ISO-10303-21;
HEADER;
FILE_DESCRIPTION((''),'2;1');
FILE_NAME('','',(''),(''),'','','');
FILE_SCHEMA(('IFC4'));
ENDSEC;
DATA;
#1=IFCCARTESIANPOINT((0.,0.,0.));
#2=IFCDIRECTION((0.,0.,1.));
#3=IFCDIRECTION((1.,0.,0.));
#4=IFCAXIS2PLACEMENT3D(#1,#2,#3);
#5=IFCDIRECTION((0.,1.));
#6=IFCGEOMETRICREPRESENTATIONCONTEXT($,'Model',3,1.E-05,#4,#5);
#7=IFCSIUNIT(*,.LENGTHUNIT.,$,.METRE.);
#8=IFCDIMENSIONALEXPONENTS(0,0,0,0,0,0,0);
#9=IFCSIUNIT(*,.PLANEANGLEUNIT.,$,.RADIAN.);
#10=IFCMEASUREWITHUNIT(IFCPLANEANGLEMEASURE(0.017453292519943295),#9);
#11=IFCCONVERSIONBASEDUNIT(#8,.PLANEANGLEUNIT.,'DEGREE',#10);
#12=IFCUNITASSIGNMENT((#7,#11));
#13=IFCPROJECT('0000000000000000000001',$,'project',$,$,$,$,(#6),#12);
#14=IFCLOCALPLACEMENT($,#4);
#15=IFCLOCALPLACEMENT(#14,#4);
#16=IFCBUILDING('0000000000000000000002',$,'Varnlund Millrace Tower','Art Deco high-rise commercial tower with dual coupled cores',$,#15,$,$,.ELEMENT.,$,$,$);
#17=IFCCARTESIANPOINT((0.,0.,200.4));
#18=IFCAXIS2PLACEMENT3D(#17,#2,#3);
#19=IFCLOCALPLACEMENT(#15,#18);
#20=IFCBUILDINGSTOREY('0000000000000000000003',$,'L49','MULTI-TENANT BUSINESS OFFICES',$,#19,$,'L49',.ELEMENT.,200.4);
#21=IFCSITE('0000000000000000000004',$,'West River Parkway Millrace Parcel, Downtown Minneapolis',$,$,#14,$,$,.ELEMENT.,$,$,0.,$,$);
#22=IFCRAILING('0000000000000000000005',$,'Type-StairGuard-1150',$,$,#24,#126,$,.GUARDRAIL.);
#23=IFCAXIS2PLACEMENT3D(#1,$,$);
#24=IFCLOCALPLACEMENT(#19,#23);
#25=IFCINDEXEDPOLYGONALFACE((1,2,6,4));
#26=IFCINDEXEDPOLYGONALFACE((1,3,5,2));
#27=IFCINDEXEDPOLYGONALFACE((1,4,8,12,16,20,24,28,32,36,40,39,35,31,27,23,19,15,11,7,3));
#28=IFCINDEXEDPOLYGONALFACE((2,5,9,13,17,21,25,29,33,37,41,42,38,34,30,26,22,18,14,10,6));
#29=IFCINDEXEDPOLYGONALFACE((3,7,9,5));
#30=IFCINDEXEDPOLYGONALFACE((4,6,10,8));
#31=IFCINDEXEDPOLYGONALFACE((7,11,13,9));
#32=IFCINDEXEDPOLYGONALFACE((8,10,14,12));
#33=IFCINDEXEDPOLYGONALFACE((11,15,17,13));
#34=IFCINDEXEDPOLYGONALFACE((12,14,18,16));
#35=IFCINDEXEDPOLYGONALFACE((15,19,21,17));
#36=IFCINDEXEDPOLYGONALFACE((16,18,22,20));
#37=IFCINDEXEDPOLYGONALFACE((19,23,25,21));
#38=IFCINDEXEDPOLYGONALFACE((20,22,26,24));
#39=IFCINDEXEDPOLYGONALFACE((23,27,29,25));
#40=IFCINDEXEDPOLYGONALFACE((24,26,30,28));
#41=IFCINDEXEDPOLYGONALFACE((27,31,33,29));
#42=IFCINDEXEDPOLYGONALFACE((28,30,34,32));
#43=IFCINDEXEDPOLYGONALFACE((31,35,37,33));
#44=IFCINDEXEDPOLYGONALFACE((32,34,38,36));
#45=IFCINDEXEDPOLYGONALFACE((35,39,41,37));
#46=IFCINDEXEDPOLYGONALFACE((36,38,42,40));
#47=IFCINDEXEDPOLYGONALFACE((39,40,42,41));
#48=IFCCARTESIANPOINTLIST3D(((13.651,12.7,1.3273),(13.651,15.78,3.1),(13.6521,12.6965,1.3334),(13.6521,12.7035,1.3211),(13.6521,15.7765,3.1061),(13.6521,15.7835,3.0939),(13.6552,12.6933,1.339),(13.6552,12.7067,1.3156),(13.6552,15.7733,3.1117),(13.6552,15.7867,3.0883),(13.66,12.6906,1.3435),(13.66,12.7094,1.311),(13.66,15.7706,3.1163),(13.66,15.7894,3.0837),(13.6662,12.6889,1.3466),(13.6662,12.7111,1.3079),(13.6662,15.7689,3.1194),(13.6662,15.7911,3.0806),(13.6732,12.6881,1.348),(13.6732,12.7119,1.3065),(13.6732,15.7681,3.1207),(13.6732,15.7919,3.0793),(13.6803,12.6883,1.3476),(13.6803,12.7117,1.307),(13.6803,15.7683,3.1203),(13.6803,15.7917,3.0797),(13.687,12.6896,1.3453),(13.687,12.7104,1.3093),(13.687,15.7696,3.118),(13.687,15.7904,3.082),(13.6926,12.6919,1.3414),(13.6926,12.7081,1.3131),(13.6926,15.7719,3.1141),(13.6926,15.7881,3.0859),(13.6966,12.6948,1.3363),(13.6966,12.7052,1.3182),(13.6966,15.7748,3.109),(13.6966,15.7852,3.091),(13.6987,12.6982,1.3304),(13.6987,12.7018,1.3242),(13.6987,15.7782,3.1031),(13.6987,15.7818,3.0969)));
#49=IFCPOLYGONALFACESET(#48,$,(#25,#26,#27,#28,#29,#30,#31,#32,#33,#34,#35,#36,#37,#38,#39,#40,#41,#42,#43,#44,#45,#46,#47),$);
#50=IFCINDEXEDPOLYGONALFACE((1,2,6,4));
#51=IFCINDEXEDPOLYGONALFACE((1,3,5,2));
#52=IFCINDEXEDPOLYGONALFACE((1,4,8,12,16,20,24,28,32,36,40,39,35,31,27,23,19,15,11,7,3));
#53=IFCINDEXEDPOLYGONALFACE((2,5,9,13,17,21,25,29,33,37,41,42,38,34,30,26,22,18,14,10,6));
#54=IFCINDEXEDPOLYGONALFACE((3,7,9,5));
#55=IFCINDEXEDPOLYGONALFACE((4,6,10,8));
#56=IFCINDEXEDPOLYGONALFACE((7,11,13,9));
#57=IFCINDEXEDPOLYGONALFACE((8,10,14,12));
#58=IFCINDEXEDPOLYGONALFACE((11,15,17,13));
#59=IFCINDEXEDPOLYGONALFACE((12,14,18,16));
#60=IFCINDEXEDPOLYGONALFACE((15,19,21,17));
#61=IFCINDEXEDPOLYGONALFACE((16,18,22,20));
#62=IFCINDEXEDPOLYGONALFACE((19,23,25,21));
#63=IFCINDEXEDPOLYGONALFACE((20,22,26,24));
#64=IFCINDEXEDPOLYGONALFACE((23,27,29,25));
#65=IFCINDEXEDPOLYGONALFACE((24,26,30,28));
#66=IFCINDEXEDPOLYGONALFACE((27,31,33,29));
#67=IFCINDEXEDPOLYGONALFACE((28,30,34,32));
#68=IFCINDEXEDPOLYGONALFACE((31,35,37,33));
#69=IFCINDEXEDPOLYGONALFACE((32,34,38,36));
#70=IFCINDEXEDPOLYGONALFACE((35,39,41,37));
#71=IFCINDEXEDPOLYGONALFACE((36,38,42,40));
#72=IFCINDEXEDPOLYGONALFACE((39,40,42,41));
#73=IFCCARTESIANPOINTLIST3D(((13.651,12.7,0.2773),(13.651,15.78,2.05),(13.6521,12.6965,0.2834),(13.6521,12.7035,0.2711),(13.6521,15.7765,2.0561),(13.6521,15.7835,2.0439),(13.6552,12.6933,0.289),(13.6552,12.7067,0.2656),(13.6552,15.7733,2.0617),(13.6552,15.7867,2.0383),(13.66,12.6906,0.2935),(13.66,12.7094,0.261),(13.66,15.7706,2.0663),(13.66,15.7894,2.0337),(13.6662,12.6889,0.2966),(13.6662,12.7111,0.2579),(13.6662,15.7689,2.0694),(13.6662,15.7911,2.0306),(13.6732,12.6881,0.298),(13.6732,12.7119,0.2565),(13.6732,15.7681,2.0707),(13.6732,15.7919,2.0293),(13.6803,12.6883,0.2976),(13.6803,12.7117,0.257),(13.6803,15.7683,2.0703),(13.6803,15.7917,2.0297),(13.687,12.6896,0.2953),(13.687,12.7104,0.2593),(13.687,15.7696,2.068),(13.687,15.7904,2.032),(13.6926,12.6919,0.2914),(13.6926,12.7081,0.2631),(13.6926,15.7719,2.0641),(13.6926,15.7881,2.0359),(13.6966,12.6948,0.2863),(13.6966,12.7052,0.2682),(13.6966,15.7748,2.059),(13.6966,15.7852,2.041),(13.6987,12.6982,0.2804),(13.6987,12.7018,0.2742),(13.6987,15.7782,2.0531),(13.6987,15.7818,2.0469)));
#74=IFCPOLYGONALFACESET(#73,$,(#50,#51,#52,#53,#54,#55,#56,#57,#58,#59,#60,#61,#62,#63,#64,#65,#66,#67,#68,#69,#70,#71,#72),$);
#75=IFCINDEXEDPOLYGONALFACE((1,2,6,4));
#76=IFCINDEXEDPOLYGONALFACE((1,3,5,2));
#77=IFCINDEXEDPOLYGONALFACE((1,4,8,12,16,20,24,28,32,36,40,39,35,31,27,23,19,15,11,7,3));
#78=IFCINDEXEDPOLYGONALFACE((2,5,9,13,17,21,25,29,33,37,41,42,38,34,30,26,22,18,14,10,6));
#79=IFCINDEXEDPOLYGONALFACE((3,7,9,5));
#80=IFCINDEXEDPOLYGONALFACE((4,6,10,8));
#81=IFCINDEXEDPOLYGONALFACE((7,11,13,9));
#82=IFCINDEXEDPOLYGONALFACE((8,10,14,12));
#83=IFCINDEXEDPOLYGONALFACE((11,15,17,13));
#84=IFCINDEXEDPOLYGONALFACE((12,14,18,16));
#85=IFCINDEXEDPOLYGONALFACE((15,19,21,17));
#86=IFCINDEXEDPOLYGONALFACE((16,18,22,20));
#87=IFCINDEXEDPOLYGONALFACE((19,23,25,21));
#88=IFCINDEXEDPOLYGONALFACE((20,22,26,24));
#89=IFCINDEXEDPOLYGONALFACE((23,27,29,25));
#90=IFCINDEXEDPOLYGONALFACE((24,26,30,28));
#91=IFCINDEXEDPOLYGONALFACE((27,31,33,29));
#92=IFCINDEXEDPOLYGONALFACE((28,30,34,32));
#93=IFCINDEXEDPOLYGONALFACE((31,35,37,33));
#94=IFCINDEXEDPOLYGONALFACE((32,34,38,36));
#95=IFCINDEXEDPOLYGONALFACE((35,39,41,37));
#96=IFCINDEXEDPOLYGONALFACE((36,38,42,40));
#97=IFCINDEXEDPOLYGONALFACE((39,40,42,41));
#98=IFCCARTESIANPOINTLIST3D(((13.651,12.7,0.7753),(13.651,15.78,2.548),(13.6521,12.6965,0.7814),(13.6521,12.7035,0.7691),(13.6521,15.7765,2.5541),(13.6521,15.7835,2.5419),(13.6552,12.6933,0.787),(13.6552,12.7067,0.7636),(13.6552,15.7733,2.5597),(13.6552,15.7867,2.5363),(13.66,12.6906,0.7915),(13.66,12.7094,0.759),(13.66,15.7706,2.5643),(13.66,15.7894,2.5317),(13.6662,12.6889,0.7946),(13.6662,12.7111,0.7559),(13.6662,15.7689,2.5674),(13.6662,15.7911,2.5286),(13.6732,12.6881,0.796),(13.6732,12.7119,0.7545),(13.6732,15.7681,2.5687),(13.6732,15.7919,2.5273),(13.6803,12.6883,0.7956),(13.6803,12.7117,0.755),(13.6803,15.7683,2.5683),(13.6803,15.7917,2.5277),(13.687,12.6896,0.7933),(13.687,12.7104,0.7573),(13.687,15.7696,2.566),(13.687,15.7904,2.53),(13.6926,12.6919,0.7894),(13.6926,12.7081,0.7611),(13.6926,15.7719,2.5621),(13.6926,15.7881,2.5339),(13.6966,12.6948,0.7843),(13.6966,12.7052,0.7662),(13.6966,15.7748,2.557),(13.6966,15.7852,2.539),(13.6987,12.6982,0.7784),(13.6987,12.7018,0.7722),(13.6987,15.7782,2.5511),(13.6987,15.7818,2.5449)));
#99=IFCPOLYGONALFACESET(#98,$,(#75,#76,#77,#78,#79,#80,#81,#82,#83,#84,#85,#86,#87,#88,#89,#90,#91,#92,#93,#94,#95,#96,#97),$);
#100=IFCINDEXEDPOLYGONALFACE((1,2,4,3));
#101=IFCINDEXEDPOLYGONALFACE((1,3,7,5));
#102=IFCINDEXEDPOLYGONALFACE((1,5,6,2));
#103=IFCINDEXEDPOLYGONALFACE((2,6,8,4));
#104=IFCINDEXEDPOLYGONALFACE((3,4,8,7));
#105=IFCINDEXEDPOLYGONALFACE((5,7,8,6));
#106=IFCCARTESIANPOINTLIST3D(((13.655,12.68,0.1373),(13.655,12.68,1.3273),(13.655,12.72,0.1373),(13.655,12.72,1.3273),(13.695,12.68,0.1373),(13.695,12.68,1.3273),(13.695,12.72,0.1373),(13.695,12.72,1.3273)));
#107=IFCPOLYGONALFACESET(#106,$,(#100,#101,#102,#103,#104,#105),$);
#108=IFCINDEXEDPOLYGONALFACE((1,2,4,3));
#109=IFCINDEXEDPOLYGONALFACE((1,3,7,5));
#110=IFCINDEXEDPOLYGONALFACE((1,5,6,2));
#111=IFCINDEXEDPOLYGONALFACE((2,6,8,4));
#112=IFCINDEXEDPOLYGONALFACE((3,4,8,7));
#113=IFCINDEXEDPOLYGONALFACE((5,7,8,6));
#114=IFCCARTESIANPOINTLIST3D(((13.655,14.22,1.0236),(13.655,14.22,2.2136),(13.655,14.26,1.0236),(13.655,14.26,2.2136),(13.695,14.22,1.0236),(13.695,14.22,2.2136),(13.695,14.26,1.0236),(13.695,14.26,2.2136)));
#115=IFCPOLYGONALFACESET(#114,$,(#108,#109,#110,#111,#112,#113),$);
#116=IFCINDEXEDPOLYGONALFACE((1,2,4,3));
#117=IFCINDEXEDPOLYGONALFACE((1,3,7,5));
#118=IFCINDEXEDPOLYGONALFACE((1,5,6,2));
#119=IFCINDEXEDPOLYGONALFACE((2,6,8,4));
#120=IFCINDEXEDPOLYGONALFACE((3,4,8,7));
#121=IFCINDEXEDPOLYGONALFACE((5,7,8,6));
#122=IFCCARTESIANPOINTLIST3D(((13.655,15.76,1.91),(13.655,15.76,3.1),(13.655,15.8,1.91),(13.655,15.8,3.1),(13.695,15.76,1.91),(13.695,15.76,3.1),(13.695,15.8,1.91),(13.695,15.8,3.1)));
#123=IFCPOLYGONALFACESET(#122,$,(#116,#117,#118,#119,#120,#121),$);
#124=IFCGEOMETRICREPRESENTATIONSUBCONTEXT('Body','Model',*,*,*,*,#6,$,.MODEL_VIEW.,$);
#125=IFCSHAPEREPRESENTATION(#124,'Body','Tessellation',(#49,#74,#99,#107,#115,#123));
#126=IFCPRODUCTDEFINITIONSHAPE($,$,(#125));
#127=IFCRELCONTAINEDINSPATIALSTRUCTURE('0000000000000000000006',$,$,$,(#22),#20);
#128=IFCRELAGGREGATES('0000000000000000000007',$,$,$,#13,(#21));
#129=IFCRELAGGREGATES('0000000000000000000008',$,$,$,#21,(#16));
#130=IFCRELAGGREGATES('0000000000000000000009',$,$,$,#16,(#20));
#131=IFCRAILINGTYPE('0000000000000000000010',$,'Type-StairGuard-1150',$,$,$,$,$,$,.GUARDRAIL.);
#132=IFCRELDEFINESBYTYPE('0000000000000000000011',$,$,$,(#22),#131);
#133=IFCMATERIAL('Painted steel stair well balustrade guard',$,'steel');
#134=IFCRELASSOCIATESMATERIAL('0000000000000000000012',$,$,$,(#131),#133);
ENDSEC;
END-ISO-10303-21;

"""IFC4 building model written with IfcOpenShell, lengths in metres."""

from ifc_helpers import new_model, entity, si_unit, converted_unit, direction, frame, origin_with_axes, origin_2d_with_axis, place, context, subcontext, project, spatial, rectangle, circle, extrude, material, type_object, element, save


model = new_model("IFC4")

# Units and contexts
model_context = context("Model", 3, precision=1e-05, world=origin_with_axes(), true_north=direction((0.0, 1.0)))
body_context = subcontext(model_context, "Body", "Model", "MODEL_VIEW")
ifc_project = project(units=[si_unit("LENGTHUNIT", "METRE"), converted_unit("PLANEANGLEUNIT", "DEGREE", entity("IfcPlaneAngleMeasure", 0.017453292519943295), si_unit("PLANEANGLEUNIT", "RADIAN"), dimensions=[0, 0, 0, 0, 0, 0, 0])], contexts=[model_context])

# Site, building, storey
site_placement = place(None, origin_with_axes())
site = spatial("IfcSite", under=ifc_project, at=site_placement, Name="West River Parkway Millrace Parcel, Downtown Minneapolis", CompositionType="ELEMENT", RefElevation=0.0)
building_placement = place(site_placement, origin_with_axes())
building = spatial("IfcBuilding", under=site, at=building_placement, Name="Varnlund Millrace Tower", Description="Art Deco high-rise commercial tower with dual coupled cores", CompositionType="ELEMENT")
storey_placement = place(building_placement, frame((0.0, 0.0, 200.4), z_axis=(0.0, 0.0, 1.0), x_axis=(1.0, 0.0, 0.0)))
storey = spatial("IfcBuildingStorey", under=building, at=storey_placement, Name="L49", Description="MULTI-TENANT BUSINESS OFFICES", LongName="L49", CompositionType="ELEMENT", Elevation=200.4)

# Railing
ifc_material_1 = material(Name="Painted steel stair well balustrade guard", Category="steel")
railing_type_1 = type_object("IfcRailingType", Name="Type-StairGuard-1150", PredefinedType="GUARDRAIL", material=ifc_material_1)
railing_1_placement = place(storey_placement, frame((0.0, 0.0, -200.4), z_axis=(0.0, 0.0, 1.0), x_axis=(1.0, 0.0, 0.0)))
element("IfcRailing", 1, at=railing_1_placement, inside=storey, type_object=railing_type_1, Name="Type-StairGuard-1150", PredefinedType="GUARDRAIL", context=body_context, shape_type="SweptSolid", body=[
    extrude(circle(Radius=0.024, at=origin_2d_with_axis()), frame((13.675, 12.7, 201.7273), z_axis=(0.0, 0.866696, 0.498836), x_axis=(-1.0, 0.0, 0.0)), (0.0, 0.0, 1.0), 3.5537),
    extrude(circle(Radius=0.024, at=origin_2d_with_axis()), frame((13.675, 12.7, 200.6773), z_axis=(0.0, 0.866696, 0.498836), x_axis=(-1.0, 0.0, 0.0)), (0.0, 0.0, 1.0), 3.5537),
    extrude(circle(Radius=0.024, at=origin_2d_with_axis()), frame((13.675, 12.7, 201.1753), z_axis=(0.0, 0.866696, 0.498836), x_axis=(-1.0, 0.0, 0.0)), (0.0, 0.0, 1.0), 3.5537),
    extrude(rectangle(XDim=0.04, YDim=0.04, at=origin_2d_with_axis()), frame((13.675, 12.7, 200.5373), z_axis=(0.0, 0.0, 1.0), x_axis=(1.0, 0.0, 0.0)), (0.0, 0.0, 1.0), 1.19),
    extrude(rectangle(XDim=0.04, YDim=0.04, at=origin_2d_with_axis()), frame((13.675, 14.24, 201.4236), z_axis=(0.0, 0.0, 1.0), x_axis=(1.0, 0.0, 0.0)), (0.0, 0.0, 1.0), 1.19),
    extrude(rectangle(XDim=0.04, YDim=0.04, at=origin_2d_with_axis()), frame((13.675, 15.78, 202.31), z_axis=(0.0, 0.0, 1.0), x_axis=(1.0, 0.0, 0.0)), (0.0, 0.0, 1.0), 1.19),
])

save(model, "model.ifc")
